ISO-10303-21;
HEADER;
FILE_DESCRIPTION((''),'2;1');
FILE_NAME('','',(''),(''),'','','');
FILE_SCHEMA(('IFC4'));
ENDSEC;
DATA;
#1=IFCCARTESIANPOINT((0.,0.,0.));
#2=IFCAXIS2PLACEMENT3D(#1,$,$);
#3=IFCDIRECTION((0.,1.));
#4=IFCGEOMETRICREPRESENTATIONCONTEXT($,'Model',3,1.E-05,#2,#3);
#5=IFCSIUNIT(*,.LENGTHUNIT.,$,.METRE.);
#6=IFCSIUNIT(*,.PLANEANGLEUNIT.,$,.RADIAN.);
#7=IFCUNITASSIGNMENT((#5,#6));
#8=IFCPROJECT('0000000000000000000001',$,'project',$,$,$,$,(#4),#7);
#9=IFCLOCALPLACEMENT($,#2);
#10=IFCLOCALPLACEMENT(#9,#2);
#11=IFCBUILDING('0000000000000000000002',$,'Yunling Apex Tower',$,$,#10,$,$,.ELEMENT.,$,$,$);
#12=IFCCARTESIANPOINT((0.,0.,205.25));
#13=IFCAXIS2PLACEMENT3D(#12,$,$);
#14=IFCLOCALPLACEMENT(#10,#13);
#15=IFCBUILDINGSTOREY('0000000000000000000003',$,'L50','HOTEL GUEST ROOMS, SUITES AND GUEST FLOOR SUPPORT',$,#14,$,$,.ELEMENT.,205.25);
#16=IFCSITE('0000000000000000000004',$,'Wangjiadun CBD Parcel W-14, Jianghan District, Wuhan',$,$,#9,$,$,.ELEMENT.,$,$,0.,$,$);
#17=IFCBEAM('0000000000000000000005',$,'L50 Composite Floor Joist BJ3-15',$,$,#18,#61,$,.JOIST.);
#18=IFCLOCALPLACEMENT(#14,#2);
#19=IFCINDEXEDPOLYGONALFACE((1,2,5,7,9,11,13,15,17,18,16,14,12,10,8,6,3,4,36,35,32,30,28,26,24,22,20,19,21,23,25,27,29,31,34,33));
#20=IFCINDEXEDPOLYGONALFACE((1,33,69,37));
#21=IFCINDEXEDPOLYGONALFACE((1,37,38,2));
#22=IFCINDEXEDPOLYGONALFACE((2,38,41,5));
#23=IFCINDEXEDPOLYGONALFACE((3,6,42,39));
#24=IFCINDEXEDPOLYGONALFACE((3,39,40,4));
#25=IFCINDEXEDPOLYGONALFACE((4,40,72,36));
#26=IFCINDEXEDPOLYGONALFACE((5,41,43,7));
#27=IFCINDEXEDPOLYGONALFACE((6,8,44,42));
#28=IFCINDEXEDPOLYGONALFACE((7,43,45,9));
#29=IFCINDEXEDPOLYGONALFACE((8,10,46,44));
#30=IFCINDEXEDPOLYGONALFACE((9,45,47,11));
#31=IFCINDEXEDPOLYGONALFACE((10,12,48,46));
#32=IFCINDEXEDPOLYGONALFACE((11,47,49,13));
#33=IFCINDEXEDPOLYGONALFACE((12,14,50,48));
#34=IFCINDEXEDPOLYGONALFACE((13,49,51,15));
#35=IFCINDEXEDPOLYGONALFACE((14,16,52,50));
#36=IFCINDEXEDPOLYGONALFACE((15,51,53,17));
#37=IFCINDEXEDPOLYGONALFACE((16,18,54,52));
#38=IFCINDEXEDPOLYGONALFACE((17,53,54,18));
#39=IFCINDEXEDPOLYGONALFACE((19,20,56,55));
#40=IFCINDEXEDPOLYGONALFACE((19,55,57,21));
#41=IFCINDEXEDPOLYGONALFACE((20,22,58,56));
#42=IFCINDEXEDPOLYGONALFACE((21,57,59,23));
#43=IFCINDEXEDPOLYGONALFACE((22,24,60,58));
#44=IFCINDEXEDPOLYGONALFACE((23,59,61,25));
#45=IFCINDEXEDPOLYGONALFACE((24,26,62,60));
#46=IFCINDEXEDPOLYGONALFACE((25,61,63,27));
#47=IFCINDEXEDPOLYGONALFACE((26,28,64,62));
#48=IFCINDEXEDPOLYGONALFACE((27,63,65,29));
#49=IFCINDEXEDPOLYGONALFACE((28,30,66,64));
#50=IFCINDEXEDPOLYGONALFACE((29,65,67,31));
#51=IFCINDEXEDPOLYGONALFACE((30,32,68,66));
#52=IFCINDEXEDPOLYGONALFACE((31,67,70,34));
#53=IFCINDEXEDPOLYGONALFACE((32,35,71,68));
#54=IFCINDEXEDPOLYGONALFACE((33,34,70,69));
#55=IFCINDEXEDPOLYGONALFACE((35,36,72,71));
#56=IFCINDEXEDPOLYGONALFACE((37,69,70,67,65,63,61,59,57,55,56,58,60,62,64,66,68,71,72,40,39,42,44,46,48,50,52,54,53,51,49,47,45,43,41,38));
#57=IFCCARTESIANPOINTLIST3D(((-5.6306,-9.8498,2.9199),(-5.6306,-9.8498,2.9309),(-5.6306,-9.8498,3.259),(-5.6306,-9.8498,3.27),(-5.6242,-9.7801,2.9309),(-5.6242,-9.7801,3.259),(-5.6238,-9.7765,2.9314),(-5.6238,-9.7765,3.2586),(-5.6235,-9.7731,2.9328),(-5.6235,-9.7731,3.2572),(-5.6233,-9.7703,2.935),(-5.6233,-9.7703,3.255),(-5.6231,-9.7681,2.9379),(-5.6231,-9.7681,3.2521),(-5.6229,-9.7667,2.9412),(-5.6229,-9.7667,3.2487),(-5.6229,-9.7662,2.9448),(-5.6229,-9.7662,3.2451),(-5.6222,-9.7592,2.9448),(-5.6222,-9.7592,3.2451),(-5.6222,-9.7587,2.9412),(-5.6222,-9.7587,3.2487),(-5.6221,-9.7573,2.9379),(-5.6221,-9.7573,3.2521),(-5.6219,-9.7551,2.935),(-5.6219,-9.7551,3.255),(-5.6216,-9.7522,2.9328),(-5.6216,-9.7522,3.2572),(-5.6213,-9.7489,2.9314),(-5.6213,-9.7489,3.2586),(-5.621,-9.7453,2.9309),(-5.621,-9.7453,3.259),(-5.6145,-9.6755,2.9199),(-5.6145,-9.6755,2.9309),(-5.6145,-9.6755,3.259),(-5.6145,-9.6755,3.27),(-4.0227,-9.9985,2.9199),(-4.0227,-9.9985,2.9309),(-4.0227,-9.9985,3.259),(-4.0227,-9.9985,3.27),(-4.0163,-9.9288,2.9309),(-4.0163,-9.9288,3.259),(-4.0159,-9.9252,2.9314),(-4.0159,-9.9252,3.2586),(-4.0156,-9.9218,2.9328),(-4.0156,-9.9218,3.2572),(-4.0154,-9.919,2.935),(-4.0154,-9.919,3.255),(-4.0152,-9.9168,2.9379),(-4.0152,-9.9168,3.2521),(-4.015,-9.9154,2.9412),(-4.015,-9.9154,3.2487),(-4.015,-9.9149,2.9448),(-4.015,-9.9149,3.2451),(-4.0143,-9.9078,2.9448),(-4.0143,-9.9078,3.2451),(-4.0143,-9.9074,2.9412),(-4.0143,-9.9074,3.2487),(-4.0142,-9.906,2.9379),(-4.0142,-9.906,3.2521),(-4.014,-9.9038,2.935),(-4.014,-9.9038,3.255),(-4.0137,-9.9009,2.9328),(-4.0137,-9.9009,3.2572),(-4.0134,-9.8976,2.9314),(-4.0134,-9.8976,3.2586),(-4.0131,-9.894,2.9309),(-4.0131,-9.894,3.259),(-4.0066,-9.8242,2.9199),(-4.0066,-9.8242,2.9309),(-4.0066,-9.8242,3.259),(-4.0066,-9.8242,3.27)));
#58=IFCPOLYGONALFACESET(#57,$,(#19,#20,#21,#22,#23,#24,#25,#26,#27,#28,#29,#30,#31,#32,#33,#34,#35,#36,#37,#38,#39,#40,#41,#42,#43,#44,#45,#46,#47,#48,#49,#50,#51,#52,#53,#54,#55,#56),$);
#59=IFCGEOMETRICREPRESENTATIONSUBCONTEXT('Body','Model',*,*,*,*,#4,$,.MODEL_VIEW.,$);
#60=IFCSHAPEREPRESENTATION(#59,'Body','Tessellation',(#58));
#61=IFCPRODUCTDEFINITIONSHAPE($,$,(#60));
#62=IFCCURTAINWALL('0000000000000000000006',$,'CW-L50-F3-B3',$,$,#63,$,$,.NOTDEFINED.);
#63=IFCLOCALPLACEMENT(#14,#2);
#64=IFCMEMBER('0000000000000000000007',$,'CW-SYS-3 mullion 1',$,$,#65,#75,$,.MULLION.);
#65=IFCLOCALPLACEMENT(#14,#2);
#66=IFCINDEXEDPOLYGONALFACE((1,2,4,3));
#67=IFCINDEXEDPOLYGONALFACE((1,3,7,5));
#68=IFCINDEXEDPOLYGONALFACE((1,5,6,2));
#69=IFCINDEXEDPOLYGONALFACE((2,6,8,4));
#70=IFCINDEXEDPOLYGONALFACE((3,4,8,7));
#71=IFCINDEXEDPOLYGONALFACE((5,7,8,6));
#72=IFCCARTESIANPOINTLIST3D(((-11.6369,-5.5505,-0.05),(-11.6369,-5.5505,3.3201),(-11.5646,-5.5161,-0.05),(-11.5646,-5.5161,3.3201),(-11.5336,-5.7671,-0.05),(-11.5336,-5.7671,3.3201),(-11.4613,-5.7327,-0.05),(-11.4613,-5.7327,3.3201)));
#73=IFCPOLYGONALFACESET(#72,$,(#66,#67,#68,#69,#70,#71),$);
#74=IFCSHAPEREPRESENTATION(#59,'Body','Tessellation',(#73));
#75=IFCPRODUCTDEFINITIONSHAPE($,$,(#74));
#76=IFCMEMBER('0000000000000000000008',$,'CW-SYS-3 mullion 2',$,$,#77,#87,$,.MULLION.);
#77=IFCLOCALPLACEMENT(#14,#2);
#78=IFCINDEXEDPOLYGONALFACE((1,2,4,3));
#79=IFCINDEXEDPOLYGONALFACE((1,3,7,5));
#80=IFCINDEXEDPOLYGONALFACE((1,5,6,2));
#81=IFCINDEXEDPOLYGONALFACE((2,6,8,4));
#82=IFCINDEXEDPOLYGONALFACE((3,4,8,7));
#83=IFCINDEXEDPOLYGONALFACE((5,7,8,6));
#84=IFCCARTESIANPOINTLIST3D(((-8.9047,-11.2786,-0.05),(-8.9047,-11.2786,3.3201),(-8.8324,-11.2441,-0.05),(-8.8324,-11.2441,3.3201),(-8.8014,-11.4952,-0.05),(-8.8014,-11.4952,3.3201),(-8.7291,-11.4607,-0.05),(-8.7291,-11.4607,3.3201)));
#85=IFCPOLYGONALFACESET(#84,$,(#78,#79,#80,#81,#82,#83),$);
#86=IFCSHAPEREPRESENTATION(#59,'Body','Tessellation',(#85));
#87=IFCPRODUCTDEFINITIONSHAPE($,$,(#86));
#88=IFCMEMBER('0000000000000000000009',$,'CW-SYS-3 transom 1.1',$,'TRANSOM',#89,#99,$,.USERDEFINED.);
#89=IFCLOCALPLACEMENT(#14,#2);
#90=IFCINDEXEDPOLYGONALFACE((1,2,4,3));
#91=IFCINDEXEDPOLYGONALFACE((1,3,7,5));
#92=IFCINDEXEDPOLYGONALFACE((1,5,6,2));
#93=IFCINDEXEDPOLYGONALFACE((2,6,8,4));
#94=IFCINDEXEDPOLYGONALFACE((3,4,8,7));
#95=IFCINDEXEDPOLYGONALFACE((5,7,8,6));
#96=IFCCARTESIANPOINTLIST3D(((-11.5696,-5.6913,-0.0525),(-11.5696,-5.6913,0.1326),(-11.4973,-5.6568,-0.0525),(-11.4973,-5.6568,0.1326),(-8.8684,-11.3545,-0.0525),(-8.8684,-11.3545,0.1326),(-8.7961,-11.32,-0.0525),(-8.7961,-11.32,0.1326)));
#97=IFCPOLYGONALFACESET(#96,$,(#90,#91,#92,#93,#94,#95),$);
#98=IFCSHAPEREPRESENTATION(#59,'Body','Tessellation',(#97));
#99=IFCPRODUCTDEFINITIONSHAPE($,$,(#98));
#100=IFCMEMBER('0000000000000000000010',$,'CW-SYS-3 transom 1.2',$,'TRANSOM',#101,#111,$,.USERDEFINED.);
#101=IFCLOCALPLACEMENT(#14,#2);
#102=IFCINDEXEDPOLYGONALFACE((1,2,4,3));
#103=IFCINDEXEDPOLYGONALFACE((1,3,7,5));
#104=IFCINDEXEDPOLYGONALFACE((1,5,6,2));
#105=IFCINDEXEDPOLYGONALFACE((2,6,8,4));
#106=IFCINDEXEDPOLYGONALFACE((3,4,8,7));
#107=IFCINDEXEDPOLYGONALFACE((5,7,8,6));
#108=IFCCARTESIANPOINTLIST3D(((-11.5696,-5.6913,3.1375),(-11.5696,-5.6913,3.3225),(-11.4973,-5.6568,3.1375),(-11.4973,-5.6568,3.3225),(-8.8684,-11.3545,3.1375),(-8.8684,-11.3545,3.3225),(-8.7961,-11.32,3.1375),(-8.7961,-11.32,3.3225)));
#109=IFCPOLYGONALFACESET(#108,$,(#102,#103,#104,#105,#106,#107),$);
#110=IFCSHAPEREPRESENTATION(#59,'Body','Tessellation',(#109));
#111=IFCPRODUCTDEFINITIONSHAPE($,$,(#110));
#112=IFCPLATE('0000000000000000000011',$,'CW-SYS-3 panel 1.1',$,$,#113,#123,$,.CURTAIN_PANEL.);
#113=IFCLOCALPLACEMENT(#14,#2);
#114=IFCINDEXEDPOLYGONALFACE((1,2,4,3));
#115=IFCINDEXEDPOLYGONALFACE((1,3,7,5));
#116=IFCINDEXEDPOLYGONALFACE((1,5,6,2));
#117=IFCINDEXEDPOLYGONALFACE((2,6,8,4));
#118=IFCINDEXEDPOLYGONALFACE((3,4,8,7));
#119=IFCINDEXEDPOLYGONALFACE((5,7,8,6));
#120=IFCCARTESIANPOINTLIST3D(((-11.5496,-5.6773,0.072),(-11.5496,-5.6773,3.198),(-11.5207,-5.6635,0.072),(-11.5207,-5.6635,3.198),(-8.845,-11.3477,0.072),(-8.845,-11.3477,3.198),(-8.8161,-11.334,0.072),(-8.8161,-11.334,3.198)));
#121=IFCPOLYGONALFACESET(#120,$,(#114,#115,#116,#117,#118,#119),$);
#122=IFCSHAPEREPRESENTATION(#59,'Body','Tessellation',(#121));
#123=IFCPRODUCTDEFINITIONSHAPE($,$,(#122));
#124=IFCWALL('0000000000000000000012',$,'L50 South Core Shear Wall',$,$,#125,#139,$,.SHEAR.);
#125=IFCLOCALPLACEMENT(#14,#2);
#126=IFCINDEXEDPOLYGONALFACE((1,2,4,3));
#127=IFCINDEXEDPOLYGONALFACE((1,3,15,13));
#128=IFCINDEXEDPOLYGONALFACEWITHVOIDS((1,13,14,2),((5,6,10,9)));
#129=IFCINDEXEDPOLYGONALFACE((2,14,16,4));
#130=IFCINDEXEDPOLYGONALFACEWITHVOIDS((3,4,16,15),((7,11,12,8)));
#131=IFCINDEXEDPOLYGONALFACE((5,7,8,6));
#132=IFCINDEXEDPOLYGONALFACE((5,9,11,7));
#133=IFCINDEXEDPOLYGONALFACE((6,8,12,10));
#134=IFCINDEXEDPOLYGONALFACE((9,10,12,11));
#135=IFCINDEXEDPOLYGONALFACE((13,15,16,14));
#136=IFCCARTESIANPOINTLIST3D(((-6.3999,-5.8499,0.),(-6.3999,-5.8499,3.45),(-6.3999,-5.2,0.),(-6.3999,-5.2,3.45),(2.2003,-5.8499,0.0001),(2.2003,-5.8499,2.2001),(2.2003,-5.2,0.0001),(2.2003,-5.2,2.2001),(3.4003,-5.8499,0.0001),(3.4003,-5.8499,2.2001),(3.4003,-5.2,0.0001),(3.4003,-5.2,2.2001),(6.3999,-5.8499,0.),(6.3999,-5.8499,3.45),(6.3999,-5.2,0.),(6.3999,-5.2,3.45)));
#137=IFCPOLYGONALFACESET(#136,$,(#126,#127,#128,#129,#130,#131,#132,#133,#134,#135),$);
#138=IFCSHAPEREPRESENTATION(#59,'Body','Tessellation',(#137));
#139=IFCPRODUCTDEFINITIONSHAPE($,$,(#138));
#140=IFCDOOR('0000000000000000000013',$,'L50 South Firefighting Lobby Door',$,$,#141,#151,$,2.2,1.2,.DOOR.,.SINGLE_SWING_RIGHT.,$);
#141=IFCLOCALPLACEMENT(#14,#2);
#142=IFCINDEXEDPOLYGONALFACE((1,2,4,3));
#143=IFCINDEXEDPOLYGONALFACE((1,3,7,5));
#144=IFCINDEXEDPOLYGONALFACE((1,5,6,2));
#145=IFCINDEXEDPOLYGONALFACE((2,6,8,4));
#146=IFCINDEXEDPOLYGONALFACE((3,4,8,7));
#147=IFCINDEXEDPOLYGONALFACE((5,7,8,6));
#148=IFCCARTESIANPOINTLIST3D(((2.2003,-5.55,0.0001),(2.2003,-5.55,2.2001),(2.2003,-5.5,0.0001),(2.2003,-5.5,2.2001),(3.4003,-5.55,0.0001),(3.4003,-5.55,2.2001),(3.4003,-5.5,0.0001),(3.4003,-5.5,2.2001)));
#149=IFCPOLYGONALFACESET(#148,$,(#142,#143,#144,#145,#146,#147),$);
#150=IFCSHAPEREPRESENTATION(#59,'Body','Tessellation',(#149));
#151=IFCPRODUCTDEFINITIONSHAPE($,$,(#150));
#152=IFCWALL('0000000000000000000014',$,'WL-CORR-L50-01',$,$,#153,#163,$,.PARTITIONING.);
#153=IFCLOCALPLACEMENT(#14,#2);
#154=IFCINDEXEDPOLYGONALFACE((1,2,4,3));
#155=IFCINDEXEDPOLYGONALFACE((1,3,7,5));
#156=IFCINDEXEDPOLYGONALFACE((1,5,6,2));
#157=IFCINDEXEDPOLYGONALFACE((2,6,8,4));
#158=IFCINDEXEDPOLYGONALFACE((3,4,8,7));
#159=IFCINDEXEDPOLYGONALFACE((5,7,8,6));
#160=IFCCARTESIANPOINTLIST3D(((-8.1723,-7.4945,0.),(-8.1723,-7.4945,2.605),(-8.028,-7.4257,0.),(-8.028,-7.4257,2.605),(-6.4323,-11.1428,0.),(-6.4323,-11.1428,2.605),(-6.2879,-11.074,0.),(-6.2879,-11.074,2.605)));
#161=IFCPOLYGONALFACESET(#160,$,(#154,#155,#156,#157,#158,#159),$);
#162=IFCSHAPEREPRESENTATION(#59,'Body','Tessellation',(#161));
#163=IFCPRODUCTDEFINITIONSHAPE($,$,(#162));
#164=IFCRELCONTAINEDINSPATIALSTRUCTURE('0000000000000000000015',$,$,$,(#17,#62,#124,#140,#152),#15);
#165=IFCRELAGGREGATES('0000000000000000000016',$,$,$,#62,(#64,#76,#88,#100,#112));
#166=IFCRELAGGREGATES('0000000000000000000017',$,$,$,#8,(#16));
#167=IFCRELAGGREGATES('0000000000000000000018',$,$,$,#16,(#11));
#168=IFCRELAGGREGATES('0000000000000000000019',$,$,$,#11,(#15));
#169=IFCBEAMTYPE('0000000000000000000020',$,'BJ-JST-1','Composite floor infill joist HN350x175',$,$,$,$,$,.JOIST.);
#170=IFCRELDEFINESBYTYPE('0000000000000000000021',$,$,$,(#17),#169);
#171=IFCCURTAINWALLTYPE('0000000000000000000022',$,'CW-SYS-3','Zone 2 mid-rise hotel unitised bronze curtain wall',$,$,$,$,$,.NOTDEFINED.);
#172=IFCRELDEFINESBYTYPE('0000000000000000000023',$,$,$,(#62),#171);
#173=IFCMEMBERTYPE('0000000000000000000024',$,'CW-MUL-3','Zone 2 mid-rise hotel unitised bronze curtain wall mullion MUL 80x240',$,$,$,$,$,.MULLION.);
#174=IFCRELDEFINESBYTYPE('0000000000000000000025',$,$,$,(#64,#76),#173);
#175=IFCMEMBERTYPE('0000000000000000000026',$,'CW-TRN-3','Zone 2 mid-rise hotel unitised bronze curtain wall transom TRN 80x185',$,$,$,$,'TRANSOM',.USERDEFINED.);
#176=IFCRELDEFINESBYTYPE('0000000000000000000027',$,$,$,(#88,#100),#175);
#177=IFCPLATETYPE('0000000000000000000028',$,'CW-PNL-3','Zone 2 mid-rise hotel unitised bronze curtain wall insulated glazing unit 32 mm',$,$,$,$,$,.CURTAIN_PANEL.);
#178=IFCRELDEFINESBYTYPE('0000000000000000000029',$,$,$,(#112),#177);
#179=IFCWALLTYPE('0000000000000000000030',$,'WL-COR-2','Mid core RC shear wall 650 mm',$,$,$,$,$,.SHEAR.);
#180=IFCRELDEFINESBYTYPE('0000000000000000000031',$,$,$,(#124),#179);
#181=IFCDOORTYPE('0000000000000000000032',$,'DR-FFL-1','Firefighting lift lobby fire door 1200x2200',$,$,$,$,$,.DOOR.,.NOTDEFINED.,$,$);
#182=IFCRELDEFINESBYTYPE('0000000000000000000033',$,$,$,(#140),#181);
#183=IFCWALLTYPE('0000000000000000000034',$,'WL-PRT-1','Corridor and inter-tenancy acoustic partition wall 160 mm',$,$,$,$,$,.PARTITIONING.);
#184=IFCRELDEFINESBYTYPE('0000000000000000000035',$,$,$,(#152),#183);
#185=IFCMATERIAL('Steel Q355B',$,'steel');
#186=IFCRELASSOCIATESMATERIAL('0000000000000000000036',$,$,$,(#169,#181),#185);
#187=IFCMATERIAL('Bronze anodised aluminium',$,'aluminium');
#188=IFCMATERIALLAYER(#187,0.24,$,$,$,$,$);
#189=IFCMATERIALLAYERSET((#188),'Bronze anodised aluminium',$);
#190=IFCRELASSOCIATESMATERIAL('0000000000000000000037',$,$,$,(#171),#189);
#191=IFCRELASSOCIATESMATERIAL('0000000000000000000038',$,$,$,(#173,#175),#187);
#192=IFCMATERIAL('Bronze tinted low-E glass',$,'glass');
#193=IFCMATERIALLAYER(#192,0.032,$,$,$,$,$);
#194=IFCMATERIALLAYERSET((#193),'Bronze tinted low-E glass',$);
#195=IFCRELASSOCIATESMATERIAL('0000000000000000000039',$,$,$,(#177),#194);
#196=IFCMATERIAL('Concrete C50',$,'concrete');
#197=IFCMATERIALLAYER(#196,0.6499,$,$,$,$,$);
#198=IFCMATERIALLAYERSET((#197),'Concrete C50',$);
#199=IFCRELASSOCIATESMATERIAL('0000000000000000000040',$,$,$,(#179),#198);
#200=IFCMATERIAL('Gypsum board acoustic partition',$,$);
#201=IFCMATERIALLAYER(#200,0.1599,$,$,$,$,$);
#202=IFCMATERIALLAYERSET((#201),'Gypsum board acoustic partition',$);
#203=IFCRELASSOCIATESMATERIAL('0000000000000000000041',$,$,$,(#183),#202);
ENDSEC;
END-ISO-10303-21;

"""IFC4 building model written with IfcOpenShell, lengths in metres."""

from ifc_helpers import new_model, si_unit, direction, frame, frame_2d, origin, origin_2d, place, context, subcontext, project, spatial, rectangle, i_section, extrude, source, transform, mapped, material, layer, layer_set, material_profile, profile_set, type_object, element, fill, aggregate, save


model = new_model("IFC4")

# Units and contexts
model_context = context("Model", 3, precision=1e-05, world=origin(), true_north=direction((0.0, 1.0)))
body_context = subcontext(model_context, "Body", "Model", "MODEL_VIEW")
ifc_project = project(units=[si_unit("LENGTHUNIT", "METRE"), si_unit("PLANEANGLEUNIT", "RADIAN")], contexts=[model_context])

# Site, building, storey
site_placement = place(None, origin())
site = spatial("IfcSite", under=ifc_project, at=site_placement, Name="Wangjiadun CBD Parcel W-14, Jianghan District, Wuhan", CompositionType="ELEMENT", RefElevation=0.0)
building_placement = place(site_placement, origin())
building = spatial("IfcBuilding", under=site, at=building_placement, Name="Yunling Apex Tower", CompositionType="ELEMENT")
storey_placement = place(building_placement, frame((0.0, 0.0, 205.25)))
storey = spatial("IfcBuildingStorey", under=building, at=storey_placement, Name="L50", Description="HOTEL GUEST ROOMS, SUITES AND GUEST FLOOR SUPPORT", CompositionType="ELEMENT", Elevation=205.25)

# Shared definitions
ifc_material_1 = material(Name="Concrete C50", Category="concrete")

# Beam
ifc_material_2 = material(Name="Steel Q355B", Category="steel")
ifc_material_profile_1 = material_profile(ifc_material_2, i_section(OverallWidth=0.175, OverallDepth=0.3501, WebThickness=0.0071, FlangeThickness=0.011, FilletRadius=0.0139, at=origin_2d()))
ifc_profile_set_1 = profile_set([ifc_material_profile_1], Name="Steel Q355B")
beam_type_1 = type_object("IfcBeamType", Name="BJ-JST-1", Description="Composite floor infill joist HN350x175", PredefinedType="JOIST", material=ifc_profile_set_1)
shared_shape_1 = source(origin(), body_context, "Body", "SweptSolid", [
    extrude(i_section(OverallWidth=0.175, OverallDepth=0.3501, WebThickness=0.0071, FlangeThickness=0.011, FilletRadius=0.0139, at=origin_2d()), origin(), (0.0, 0.0, 1.0), 1.6147),
])
beam_1_placement = place(storey_placement, frame((-5.6226, -9.7627, 3.095), z_axis=(0.995752, -0.092076, 0.0), x_axis=(0.092076, 0.995752, 0.0)))
element("IfcBeam", 1, at=beam_1_placement, inside=storey, type_object=beam_type_1, Name="L50 Composite Floor Joist BJ3-15", PredefinedType="JOIST", context=body_context, shape_type="MappedRepresentation", body=[
    mapped(shared_shape_1, transform((0.0, 0.0, 0.0), scale=1.0)),
])

# Curtain wall, members, plate
ifc_material_3 = material(Name="Bronze anodised aluminium", Category="aluminium")
ifc_layer_1 = layer(ifc_material_3, 0.24)
ifc_layer_set_1 = layer_set([ifc_layer_1], Name="Bronze anodised aluminium")
curtain_wall_type = type_object("IfcCurtainWallType", Name="CW-SYS-3", Description="Zone 2 mid-rise hotel unitised bronze curtain wall", PredefinedType="NOTDEFINED", material=ifc_layer_set_1)
curtain_wall_placement = place(storey_placement, origin())
curtain_wall = element("IfcCurtainWall", 2, at=curtain_wall_placement, inside=storey, type_object=curtain_wall_type, Name="CW-L50-F3-B3", PredefinedType="NOTDEFINED")
ifc_material_profile_2 = material_profile(ifc_material_3, rectangle(XDim=0.0801, YDim=0.24, at=origin_2d()))
ifc_profile_set_2 = profile_set([ifc_material_profile_2], Name="Bronze anodised aluminium")
member_type_1 = type_object("IfcMemberType", Name="CW-MUL-3", Description="Zone 2 mid-rise hotel unitised bronze curtain wall mullion MUL 80x240", PredefinedType="MULLION", material=ifc_profile_set_2)
shared_shape_2 = source(origin(), body_context, "Body", "SweptSolid", [
    extrude(rectangle(XDim=0.0801, YDim=0.24, at=origin_2d()), origin(), (0.0, 0.0, 1.0), 3.3701),
])
member_1_placement = place(storey_placement, frame((-11.5491, -5.6416, -0.05), z_axis=(0.0, 0.0, 1.0), x_axis=(0.902588, 0.430505, 0.0)))
member_1 = element("IfcMember", 3, at=member_1_placement, type_object=member_type_1, Name="CW-SYS-3 mullion 1", PredefinedType="MULLION", context=body_context, shape_type="MappedRepresentation", body=[
    mapped(shared_shape_2, transform((0.0, 0.0, 0.0), scale=1.0)),
])
member_2_placement = place(storey_placement, frame((-8.8169, -11.3696, -0.05), z_axis=(0.0, 0.0, 1.0), x_axis=(0.902588, 0.430505, 0.0)))
member_2 = element("IfcMember", 4, at=member_2_placement, type_object=member_type_1, Name="CW-SYS-3 mullion 2", PredefinedType="MULLION", context=body_context, shape_type="MappedRepresentation", body=[
    mapped(shared_shape_2, transform((0.0, 0.0, 0.0), scale=1.0)),
])
ifc_material_profile_3 = material_profile(ifc_material_3, rectangle(XDim=0.0801, YDim=0.1851, at=origin_2d()))
ifc_profile_set_3 = profile_set([ifc_material_profile_3], Name="Bronze anodised aluminium")
member_type_2 = type_object("IfcMemberType", Name="CW-TRN-3", Description="Zone 2 mid-rise hotel unitised bronze curtain wall transom TRN 80x185", ElementType="TRANSOM", PredefinedType="USERDEFINED", material=ifc_profile_set_3)
shared_shape_3 = source(origin(), body_context, "Body", "SweptSolid", [
    extrude(rectangle(XDim=0.0801, YDim=0.1851, at=origin_2d()), origin(), (0.0, 0.0, 1.0), 6.2744),
])
member_3_placement = place(storey_placement, frame((-11.5334, -5.6741, 0.04), z_axis=(0.430513, -0.902584, 0.0), x_axis=(0.902584, 0.430513, 0.0)))
member_3 = element("IfcMember", 5, at=member_3_placement, type_object=member_type_2, Name="CW-SYS-3 transom 1.1", ObjectType="TRANSOM", PredefinedType="USERDEFINED", context=body_context, shape_type="MappedRepresentation", body=[
    mapped(shared_shape_3, transform((0.0, 0.0, 0.0), scale=1.0)),
])
member_4_placement = place(storey_placement, frame((-11.5334, -5.6741, 3.23), z_axis=(0.430513, -0.902584, 0.0), x_axis=(0.902584, 0.430513, 0.0)))
member_4 = element("IfcMember", 6, at=member_4_placement, type_object=member_type_2, Name="CW-SYS-3 transom 1.2", ObjectType="TRANSOM", PredefinedType="USERDEFINED", context=body_context, shape_type="MappedRepresentation", body=[
    mapped(shared_shape_3, transform((0.0, 0.0, 0.0), scale=1.0)),
])
ifc_material_4 = material(Name="Bronze tinted low-E glass", Category="glass")
ifc_layer_2 = layer(ifc_material_4, 0.032)
ifc_layer_set_2 = layer_set([ifc_layer_2], Name="Bronze tinted low-E glass")
plate_type = type_object("IfcPlateType", Name="CW-PNL-3", Description="Zone 2 mid-rise hotel unitised bronze curtain wall insulated glazing unit 32 mm", PredefinedType="CURTAIN_PANEL", material=ifc_layer_set_2)
shared_shape_4 = source(origin(), body_context, "Body", "SweptSolid", [
    extrude(rectangle(XDim=6.2825, YDim=0.032, at=origin_2d()), origin(), (0.0, 0.0, 1.0), 3.126),
])
plate_placement = place(storey_placement, frame((-10.1829, -8.5056, 0.072), z_axis=(0.0, 0.0, 1.0), x_axis=(0.430505, -0.902588, 0.0)))
plate = element("IfcPlate", 7, at=plate_placement, type_object=plate_type, Name="CW-SYS-3 panel 1.1", PredefinedType="CURTAIN_PANEL", context=body_context, shape_type="MappedRepresentation", body=[
    mapped(shared_shape_4, transform((0.0, 0.0, 0.0), scale=1.0)),
])
aggregate(curtain_wall, [member_1, member_2, member_3, member_4, plate])

# Wall, opening, door
ifc_layer_3 = layer(ifc_material_1, 0.6499)
ifc_layer_set_3 = layer_set([ifc_layer_3], Name="Concrete C50")
wall_type_1 = type_object("IfcWallType", Name="WL-COR-2", Description="Mid core RC shear wall 650 mm", PredefinedType="SHEAR", material=ifc_layer_set_3)
wall_1_placement = place(storey_placement, frame((-6.3999, -5.5249, 0.0), z_axis=(0.0, 0.0, 1.0), x_axis=(1.0, 0.0, 0.0)))
wall_1 = element("IfcWall", 8, at=wall_1_placement, inside=storey, type_object=wall_type_1, Name="L50 South Core Shear Wall", PredefinedType="SHEAR", context=body_context, shape_type="SweptSolid", body=[
    extrude(rectangle(XDim=12.7998, YDim=0.6499, at=frame_2d((6.3999, 0.0))), origin(), (0.0, 0.0, 1.0), 3.45),
])
opening_1_placement = place(wall_1_placement, frame((8.6001, 0.0, 0.0)))
opening_1 = element("IfcOpeningElement", 9, at=opening_1_placement, cuts=wall_1, PredefinedType="OPENING", context=body_context, shape_type="SweptSolid", body=[
    extrude(rectangle(XDim=1.2, YDim=2.2, at=frame_2d((0.6001, 1.1001))), frame((0.0, 0.335, 0.0), z_axis=(0.0, -1.0, 0.0), x_axis=(1.0, 0.0, 0.0)), (0.0, 0.0, 1.0), 0.6699),
])
door_type_1 = type_object("IfcDoorType", Name="DR-FFL-1", Description="Firefighting lift lobby fire door 1200x2200", OperationType="NOTDEFINED", PredefinedType="DOOR", material=ifc_material_2)
door_1_placement = place(opening_1_placement, origin())
door_1 = element("IfcDoor", 10, at=door_1_placement, inside=storey, type_object=door_type_1, Name="L50 South Firefighting Lobby Door", OperationType="SINGLE_SWING_RIGHT", OverallHeight=2.2, OverallWidth=1.2, PredefinedType="DOOR", context=body_context, shape_type="SweptSolid", body=[
    extrude(rectangle(XDim=1.2, YDim=2.2, at=frame_2d((0.6001, 1.1001))), frame((0.0, 0.0249, 0.0), z_axis=(0.0, -1.0, 0.0), x_axis=(1.0, 0.0, 0.0)), (0.0, 0.0, 1.0), 0.05),
])
fill(opening_1, door_1)

# Wall
ifc_material_5 = material(Name="Gypsum board acoustic partition")
ifc_layer_4 = layer(ifc_material_5, 0.1599)
ifc_layer_set_4 = layer_set([ifc_layer_4], Name="Gypsum board acoustic partition")
wall_type_2 = type_object("IfcWallType", Name="WL-PRT-1", Description="Corridor and inter-tenancy acoustic partition wall 160 mm", PredefinedType="PARTITIONING", material=ifc_layer_set_4)
wall_2_placement = place(storey_placement, frame((-6.3601, -11.1084, 0.0), z_axis=(0.0, 0.0, 1.0), x_axis=(-0.430489, 0.902596, 0.0)))
element("IfcWall", 11, at=wall_2_placement, inside=storey, type_object=wall_type_2, Name="WL-CORR-L50-01", PredefinedType="PARTITIONING", context=body_context, shape_type="SweptSolid", body=[
    extrude(rectangle(XDim=4.042, YDim=0.1599, at=frame_2d((2.021, 0.0))), origin(), (0.0, 0.0, 1.0), 2.605),
])

save(model, "model.ifc")
